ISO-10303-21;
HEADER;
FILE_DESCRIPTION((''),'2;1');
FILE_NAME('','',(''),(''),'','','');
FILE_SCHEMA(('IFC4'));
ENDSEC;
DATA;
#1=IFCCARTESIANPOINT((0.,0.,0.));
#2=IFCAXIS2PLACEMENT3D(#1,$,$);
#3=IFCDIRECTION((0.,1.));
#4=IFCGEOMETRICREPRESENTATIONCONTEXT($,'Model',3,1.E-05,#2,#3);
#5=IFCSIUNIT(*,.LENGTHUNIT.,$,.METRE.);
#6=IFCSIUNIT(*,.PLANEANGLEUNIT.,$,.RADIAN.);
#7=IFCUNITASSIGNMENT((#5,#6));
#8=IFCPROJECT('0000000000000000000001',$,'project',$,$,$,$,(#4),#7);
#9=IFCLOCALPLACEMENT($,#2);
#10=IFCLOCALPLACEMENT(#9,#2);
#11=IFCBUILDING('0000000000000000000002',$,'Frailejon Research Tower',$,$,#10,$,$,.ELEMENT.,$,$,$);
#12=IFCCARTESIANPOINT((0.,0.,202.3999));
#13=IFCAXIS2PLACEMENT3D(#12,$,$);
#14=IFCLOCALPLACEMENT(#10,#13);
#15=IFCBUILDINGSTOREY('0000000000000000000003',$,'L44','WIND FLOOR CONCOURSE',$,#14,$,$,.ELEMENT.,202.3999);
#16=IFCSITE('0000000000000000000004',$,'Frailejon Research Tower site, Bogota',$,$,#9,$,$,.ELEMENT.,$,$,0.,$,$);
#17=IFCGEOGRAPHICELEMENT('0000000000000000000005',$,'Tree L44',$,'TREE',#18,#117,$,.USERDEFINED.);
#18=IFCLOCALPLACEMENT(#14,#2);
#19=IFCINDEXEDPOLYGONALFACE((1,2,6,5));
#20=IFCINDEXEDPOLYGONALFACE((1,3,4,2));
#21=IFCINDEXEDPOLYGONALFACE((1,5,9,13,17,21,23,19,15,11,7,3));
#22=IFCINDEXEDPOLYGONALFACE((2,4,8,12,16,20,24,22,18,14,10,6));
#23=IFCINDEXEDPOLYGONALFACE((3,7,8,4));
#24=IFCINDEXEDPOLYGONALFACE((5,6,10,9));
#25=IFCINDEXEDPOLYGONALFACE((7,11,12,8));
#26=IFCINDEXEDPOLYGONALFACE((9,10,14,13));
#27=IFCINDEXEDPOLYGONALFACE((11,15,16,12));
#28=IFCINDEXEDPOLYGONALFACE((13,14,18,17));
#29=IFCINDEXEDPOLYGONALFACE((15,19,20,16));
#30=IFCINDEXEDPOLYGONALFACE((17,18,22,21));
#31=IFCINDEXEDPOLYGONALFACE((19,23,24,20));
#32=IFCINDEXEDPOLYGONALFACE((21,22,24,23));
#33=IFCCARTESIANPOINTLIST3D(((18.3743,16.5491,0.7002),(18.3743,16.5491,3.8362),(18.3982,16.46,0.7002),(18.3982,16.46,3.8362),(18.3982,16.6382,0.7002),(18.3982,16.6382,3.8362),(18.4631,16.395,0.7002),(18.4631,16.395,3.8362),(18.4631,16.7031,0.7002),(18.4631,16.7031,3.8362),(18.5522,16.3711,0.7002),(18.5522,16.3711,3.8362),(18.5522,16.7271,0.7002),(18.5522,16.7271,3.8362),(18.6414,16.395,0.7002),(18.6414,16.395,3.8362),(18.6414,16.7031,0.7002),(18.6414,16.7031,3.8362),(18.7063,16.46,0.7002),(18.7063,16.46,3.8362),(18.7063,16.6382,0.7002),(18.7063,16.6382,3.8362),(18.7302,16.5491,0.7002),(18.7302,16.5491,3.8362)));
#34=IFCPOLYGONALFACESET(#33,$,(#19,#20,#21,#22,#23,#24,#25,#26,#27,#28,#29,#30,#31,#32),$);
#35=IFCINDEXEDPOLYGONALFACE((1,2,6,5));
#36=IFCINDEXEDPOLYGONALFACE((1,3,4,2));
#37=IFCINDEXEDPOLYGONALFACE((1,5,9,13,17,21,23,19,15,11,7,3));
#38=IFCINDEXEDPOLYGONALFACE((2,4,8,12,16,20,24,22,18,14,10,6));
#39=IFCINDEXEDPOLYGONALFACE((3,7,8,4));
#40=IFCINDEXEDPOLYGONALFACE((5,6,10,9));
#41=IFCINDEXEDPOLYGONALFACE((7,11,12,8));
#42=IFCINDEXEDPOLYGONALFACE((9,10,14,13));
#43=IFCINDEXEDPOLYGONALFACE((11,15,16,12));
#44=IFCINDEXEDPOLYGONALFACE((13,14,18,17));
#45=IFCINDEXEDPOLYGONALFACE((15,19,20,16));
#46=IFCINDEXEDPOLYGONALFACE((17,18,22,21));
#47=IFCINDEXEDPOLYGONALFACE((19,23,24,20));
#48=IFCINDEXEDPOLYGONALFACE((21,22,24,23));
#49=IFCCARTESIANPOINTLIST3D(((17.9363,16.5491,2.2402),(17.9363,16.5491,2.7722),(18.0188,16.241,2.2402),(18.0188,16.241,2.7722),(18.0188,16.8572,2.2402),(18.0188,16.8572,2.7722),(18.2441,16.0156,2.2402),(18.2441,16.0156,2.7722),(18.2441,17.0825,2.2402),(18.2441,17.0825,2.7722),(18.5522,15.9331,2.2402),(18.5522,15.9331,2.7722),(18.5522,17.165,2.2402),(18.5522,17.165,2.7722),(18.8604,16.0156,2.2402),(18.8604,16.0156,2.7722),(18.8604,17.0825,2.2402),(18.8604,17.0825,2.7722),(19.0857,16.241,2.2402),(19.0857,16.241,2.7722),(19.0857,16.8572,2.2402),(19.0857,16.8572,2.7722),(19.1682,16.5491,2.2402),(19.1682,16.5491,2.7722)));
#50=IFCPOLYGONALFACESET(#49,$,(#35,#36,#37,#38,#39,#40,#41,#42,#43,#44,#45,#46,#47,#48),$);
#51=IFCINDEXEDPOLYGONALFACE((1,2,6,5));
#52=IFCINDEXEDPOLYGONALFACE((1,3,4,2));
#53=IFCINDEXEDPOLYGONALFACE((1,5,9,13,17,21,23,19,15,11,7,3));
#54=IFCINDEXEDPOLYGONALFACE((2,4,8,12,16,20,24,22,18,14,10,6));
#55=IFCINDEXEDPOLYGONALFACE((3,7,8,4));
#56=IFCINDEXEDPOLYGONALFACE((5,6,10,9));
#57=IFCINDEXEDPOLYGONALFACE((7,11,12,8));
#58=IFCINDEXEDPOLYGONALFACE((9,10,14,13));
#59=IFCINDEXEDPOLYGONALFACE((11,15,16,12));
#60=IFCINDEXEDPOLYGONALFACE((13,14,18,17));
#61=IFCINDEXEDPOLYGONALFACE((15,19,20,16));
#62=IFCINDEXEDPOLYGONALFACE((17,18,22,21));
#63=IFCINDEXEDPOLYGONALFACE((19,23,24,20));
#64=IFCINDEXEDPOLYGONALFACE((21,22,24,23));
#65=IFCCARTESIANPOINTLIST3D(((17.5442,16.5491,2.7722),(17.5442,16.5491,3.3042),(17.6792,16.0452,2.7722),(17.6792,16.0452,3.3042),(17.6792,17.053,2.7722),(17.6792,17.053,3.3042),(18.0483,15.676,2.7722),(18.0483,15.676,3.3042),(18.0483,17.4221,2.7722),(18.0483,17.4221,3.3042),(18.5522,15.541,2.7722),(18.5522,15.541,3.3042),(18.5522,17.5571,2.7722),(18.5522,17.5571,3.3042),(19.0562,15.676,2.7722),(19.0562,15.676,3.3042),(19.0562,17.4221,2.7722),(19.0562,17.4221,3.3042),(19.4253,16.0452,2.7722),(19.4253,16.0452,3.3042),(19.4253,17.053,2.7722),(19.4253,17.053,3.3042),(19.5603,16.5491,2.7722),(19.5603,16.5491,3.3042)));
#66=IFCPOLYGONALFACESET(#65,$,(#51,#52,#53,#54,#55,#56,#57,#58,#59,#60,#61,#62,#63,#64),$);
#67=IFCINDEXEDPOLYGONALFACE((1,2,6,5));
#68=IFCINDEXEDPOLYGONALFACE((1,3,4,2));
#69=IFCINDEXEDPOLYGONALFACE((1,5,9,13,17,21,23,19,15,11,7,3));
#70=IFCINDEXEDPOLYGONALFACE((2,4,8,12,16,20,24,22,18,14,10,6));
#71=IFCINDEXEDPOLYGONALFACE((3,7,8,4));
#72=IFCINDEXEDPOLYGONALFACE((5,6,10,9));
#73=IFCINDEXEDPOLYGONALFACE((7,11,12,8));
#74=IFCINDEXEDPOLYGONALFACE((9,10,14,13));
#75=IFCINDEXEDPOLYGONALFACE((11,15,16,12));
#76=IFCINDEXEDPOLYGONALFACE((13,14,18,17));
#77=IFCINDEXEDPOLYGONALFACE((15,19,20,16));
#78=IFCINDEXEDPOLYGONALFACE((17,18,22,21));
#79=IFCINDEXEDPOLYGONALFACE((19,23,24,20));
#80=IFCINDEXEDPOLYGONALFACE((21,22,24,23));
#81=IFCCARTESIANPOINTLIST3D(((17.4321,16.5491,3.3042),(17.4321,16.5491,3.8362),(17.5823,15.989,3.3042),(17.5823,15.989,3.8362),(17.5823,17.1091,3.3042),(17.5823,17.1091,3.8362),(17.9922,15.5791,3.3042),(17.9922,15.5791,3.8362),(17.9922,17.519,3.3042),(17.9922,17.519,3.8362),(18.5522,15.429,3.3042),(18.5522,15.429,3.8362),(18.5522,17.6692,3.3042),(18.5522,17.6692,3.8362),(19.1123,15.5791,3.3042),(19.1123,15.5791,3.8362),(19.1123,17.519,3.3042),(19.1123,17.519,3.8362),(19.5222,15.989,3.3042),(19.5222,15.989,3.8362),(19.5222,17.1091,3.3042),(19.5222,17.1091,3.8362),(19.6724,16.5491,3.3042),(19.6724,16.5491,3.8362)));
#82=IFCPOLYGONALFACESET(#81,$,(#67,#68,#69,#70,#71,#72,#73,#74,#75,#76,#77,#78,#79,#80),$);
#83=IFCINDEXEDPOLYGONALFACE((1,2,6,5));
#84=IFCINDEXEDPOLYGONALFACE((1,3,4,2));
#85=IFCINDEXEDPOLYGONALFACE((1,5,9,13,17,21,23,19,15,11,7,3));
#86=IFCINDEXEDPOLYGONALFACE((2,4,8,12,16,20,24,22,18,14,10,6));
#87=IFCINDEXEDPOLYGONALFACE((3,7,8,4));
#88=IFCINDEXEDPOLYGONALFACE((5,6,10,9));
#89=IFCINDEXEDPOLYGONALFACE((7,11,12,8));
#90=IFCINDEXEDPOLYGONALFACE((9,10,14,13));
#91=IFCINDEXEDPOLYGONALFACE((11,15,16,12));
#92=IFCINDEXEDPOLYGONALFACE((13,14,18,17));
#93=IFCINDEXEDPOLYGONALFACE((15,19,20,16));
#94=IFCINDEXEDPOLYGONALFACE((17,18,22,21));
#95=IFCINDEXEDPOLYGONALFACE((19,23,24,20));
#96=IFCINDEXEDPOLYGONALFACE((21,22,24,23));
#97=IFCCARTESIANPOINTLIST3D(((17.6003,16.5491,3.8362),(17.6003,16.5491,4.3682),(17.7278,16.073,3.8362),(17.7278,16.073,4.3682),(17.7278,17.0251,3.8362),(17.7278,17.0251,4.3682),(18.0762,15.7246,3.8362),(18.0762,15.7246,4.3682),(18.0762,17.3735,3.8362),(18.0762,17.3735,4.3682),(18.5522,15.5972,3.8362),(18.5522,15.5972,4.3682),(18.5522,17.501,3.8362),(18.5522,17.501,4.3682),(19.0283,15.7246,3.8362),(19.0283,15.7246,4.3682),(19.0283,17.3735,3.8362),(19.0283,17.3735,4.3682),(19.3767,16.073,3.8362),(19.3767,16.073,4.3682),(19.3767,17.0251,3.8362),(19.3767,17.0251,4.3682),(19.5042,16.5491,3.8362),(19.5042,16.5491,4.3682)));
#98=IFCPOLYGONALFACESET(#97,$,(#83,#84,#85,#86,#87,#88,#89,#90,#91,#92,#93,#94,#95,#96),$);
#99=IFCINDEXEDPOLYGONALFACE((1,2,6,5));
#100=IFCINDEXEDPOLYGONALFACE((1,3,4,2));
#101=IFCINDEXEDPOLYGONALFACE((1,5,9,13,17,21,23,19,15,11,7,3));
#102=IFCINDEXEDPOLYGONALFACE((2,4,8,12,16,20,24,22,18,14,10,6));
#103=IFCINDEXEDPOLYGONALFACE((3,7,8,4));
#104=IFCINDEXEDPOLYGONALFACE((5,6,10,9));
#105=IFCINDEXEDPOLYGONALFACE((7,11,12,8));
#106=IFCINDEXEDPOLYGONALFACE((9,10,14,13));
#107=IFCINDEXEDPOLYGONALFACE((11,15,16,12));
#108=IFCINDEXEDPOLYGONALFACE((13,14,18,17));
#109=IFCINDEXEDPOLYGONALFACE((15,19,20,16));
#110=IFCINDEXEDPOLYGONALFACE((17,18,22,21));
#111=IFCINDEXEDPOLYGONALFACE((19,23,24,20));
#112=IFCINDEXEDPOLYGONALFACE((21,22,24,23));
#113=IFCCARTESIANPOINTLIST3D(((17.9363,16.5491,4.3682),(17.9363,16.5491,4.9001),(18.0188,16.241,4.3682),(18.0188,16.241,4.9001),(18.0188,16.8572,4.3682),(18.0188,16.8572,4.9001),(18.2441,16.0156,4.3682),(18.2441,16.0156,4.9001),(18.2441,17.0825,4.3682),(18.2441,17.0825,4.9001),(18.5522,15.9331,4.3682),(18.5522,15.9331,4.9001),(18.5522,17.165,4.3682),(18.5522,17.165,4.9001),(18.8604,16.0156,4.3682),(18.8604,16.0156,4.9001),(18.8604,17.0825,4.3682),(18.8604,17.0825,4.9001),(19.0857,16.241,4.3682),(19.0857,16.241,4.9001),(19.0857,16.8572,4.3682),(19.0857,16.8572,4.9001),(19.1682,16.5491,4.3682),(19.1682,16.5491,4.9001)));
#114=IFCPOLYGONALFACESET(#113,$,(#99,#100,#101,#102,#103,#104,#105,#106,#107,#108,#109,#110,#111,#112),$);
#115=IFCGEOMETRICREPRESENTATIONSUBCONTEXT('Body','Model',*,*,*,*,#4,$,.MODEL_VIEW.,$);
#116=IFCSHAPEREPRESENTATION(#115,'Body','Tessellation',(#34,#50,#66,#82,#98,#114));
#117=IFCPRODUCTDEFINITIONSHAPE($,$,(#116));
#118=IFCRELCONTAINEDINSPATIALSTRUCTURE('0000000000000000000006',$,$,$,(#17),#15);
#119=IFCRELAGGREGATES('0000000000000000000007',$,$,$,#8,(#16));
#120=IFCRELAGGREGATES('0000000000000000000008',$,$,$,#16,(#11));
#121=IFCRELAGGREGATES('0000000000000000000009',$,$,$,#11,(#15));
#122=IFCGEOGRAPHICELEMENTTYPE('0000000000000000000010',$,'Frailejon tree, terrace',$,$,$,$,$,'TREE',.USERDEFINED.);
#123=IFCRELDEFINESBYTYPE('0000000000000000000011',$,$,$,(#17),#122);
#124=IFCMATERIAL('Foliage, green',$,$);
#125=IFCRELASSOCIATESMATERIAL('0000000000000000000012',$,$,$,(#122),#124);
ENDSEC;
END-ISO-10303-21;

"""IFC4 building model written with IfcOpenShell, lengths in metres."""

from ifc_helpers import new_model, si_unit, direction, frame, origin, place, context, subcontext, project, spatial, polyline, outline, extrude, material, type_object, element, save


model = new_model("IFC4")

# Units and contexts
model_context = context("Model", 3, precision=1e-05, world=origin(), true_north=direction((0.0, 1.0)))
body_context = subcontext(model_context, "Body", "Model", "MODEL_VIEW")
ifc_project = project(units=[si_unit("LENGTHUNIT", "METRE"), si_unit("PLANEANGLEUNIT", "RADIAN")], contexts=[model_context])

# Site, building, storey
site_placement = place(None, origin())
site = spatial("IfcSite", under=ifc_project, at=site_placement, Name="Frailejon Research Tower site, Bogota", CompositionType="ELEMENT", RefElevation=0.0)
building_placement = place(site_placement, origin())
building = spatial("IfcBuilding", under=site, at=building_placement, Name="Frailejon Research Tower", CompositionType="ELEMENT")
storey_placement = place(building_placement, frame((0.0, 0.0, 202.3999)))
storey = spatial("IfcBuildingStorey", under=building, at=storey_placement, Name="L44", Description="WIND FLOOR CONCOURSE", CompositionType="ELEMENT", Elevation=202.3999)

# Geographic element
ifc_material_1 = material(Name="Foliage, green")
geographic_element_type = type_object("IfcGeographicElementType", Name="Frailejon tree, terrace", ElementType="TREE", PredefinedType="USERDEFINED", material=ifc_material_1)
geographic_element_1_placement = place(storey_placement, frame((18.5522, 16.5491, 0.7002)))
element("IfcGeographicElement", 1, at=geographic_element_1_placement, inside=storey, type_object=geographic_element_type, Name="Tree L44", ObjectType="TREE", PredefinedType="USERDEFINED", context=body_context, shape_type="SweptSolid", body=[
    extrude(outline(polyline([(0.178, 0.0), (0.1541, 0.0891), (0.0891, 0.1541), (0.0, 0.178), (-0.0891, 0.1541), (-0.1541, 0.0891), (-0.178, 0.0), (-0.1541, -0.0891), (-0.0891, -0.1541), (0.0, -0.178), (0.0891, -0.1541), (0.1541, -0.0891), (0.178, 0.0)])), origin(), (0.0, 0.0, 1.0), 3.136),
    extrude(outline(polyline([(0.616, 0.0), (0.5334, 0.3081), (0.3081, 0.5334), (0.0, 0.616), (-0.3081, 0.5334), (-0.5334, 0.3081), (-0.616, 0.0), (-0.5334, -0.3081), (-0.3081, -0.5334), (0.0, -0.616), (0.3081, -0.5334), (0.5334, -0.3081), (0.616, 0.0)])), frame((0.0, 0.0, 1.54)), (0.0, 0.0, 1.0), 0.532),
    extrude(outline(polyline([(1.0081, 0.0), (0.873, 0.5039), (0.5039, 0.873), (0.0, 1.0081), (-0.5039, 0.873), (-0.873, 0.5039), (-1.0081, 0.0), (-0.873, -0.5039), (-0.5039, -0.873), (0.0, -1.0081), (0.5039, -0.873), (0.873, -0.5039), (1.0081, 0.0)])), frame((0.0, 0.0, 2.072)), (0.0, 0.0, 1.0), 0.532),
    extrude(outline(polyline([(1.1201, 0.0), (0.97, 0.5601), (0.5601, 0.97), (0.0, 1.1201), (-0.5601, 0.97), (-0.97, 0.5601), (-1.1201, 0.0), (-0.97, -0.5601), (-0.5601, -0.97), (0.0, -1.1201), (0.5601, -0.97), (0.97, -0.5601), (1.1201, 0.0)])), frame((0.0, 0.0, 2.604)), (0.0, 0.0, 1.0), 0.532),
    extrude(outline(polyline([(0.9519, 0.0), (0.8245, 0.4761), (0.4761, 0.8245), (0.0, 0.9519), (-0.4761, 0.8245), (-0.8245, 0.4761), (-0.9519, 0.0), (-0.8245, -0.4761), (-0.4761, -0.8245), (0.0, -0.9519), (0.4761, -0.8245), (0.8245, -0.4761), (0.9519, 0.0)])), frame((0.0, 0.0, 3.136)), (0.0, 0.0, 1.0), 0.532),
    extrude(outline(polyline([(0.616, 0.0), (0.5334, 0.3081), (0.3081, 0.5334), (0.0, 0.616), (-0.3081, 0.5334), (-0.5334, 0.3081), (-0.616, 0.0), (-0.5334, -0.3081), (-0.3081, -0.5334), (0.0, -0.616), (0.3081, -0.5334), (0.5334, -0.3081), (0.616, 0.0)])), frame((0.0, 0.0, 3.668)), (0.0, 0.0, 1.0), 0.532),
])

save(model, "model.ifc")
